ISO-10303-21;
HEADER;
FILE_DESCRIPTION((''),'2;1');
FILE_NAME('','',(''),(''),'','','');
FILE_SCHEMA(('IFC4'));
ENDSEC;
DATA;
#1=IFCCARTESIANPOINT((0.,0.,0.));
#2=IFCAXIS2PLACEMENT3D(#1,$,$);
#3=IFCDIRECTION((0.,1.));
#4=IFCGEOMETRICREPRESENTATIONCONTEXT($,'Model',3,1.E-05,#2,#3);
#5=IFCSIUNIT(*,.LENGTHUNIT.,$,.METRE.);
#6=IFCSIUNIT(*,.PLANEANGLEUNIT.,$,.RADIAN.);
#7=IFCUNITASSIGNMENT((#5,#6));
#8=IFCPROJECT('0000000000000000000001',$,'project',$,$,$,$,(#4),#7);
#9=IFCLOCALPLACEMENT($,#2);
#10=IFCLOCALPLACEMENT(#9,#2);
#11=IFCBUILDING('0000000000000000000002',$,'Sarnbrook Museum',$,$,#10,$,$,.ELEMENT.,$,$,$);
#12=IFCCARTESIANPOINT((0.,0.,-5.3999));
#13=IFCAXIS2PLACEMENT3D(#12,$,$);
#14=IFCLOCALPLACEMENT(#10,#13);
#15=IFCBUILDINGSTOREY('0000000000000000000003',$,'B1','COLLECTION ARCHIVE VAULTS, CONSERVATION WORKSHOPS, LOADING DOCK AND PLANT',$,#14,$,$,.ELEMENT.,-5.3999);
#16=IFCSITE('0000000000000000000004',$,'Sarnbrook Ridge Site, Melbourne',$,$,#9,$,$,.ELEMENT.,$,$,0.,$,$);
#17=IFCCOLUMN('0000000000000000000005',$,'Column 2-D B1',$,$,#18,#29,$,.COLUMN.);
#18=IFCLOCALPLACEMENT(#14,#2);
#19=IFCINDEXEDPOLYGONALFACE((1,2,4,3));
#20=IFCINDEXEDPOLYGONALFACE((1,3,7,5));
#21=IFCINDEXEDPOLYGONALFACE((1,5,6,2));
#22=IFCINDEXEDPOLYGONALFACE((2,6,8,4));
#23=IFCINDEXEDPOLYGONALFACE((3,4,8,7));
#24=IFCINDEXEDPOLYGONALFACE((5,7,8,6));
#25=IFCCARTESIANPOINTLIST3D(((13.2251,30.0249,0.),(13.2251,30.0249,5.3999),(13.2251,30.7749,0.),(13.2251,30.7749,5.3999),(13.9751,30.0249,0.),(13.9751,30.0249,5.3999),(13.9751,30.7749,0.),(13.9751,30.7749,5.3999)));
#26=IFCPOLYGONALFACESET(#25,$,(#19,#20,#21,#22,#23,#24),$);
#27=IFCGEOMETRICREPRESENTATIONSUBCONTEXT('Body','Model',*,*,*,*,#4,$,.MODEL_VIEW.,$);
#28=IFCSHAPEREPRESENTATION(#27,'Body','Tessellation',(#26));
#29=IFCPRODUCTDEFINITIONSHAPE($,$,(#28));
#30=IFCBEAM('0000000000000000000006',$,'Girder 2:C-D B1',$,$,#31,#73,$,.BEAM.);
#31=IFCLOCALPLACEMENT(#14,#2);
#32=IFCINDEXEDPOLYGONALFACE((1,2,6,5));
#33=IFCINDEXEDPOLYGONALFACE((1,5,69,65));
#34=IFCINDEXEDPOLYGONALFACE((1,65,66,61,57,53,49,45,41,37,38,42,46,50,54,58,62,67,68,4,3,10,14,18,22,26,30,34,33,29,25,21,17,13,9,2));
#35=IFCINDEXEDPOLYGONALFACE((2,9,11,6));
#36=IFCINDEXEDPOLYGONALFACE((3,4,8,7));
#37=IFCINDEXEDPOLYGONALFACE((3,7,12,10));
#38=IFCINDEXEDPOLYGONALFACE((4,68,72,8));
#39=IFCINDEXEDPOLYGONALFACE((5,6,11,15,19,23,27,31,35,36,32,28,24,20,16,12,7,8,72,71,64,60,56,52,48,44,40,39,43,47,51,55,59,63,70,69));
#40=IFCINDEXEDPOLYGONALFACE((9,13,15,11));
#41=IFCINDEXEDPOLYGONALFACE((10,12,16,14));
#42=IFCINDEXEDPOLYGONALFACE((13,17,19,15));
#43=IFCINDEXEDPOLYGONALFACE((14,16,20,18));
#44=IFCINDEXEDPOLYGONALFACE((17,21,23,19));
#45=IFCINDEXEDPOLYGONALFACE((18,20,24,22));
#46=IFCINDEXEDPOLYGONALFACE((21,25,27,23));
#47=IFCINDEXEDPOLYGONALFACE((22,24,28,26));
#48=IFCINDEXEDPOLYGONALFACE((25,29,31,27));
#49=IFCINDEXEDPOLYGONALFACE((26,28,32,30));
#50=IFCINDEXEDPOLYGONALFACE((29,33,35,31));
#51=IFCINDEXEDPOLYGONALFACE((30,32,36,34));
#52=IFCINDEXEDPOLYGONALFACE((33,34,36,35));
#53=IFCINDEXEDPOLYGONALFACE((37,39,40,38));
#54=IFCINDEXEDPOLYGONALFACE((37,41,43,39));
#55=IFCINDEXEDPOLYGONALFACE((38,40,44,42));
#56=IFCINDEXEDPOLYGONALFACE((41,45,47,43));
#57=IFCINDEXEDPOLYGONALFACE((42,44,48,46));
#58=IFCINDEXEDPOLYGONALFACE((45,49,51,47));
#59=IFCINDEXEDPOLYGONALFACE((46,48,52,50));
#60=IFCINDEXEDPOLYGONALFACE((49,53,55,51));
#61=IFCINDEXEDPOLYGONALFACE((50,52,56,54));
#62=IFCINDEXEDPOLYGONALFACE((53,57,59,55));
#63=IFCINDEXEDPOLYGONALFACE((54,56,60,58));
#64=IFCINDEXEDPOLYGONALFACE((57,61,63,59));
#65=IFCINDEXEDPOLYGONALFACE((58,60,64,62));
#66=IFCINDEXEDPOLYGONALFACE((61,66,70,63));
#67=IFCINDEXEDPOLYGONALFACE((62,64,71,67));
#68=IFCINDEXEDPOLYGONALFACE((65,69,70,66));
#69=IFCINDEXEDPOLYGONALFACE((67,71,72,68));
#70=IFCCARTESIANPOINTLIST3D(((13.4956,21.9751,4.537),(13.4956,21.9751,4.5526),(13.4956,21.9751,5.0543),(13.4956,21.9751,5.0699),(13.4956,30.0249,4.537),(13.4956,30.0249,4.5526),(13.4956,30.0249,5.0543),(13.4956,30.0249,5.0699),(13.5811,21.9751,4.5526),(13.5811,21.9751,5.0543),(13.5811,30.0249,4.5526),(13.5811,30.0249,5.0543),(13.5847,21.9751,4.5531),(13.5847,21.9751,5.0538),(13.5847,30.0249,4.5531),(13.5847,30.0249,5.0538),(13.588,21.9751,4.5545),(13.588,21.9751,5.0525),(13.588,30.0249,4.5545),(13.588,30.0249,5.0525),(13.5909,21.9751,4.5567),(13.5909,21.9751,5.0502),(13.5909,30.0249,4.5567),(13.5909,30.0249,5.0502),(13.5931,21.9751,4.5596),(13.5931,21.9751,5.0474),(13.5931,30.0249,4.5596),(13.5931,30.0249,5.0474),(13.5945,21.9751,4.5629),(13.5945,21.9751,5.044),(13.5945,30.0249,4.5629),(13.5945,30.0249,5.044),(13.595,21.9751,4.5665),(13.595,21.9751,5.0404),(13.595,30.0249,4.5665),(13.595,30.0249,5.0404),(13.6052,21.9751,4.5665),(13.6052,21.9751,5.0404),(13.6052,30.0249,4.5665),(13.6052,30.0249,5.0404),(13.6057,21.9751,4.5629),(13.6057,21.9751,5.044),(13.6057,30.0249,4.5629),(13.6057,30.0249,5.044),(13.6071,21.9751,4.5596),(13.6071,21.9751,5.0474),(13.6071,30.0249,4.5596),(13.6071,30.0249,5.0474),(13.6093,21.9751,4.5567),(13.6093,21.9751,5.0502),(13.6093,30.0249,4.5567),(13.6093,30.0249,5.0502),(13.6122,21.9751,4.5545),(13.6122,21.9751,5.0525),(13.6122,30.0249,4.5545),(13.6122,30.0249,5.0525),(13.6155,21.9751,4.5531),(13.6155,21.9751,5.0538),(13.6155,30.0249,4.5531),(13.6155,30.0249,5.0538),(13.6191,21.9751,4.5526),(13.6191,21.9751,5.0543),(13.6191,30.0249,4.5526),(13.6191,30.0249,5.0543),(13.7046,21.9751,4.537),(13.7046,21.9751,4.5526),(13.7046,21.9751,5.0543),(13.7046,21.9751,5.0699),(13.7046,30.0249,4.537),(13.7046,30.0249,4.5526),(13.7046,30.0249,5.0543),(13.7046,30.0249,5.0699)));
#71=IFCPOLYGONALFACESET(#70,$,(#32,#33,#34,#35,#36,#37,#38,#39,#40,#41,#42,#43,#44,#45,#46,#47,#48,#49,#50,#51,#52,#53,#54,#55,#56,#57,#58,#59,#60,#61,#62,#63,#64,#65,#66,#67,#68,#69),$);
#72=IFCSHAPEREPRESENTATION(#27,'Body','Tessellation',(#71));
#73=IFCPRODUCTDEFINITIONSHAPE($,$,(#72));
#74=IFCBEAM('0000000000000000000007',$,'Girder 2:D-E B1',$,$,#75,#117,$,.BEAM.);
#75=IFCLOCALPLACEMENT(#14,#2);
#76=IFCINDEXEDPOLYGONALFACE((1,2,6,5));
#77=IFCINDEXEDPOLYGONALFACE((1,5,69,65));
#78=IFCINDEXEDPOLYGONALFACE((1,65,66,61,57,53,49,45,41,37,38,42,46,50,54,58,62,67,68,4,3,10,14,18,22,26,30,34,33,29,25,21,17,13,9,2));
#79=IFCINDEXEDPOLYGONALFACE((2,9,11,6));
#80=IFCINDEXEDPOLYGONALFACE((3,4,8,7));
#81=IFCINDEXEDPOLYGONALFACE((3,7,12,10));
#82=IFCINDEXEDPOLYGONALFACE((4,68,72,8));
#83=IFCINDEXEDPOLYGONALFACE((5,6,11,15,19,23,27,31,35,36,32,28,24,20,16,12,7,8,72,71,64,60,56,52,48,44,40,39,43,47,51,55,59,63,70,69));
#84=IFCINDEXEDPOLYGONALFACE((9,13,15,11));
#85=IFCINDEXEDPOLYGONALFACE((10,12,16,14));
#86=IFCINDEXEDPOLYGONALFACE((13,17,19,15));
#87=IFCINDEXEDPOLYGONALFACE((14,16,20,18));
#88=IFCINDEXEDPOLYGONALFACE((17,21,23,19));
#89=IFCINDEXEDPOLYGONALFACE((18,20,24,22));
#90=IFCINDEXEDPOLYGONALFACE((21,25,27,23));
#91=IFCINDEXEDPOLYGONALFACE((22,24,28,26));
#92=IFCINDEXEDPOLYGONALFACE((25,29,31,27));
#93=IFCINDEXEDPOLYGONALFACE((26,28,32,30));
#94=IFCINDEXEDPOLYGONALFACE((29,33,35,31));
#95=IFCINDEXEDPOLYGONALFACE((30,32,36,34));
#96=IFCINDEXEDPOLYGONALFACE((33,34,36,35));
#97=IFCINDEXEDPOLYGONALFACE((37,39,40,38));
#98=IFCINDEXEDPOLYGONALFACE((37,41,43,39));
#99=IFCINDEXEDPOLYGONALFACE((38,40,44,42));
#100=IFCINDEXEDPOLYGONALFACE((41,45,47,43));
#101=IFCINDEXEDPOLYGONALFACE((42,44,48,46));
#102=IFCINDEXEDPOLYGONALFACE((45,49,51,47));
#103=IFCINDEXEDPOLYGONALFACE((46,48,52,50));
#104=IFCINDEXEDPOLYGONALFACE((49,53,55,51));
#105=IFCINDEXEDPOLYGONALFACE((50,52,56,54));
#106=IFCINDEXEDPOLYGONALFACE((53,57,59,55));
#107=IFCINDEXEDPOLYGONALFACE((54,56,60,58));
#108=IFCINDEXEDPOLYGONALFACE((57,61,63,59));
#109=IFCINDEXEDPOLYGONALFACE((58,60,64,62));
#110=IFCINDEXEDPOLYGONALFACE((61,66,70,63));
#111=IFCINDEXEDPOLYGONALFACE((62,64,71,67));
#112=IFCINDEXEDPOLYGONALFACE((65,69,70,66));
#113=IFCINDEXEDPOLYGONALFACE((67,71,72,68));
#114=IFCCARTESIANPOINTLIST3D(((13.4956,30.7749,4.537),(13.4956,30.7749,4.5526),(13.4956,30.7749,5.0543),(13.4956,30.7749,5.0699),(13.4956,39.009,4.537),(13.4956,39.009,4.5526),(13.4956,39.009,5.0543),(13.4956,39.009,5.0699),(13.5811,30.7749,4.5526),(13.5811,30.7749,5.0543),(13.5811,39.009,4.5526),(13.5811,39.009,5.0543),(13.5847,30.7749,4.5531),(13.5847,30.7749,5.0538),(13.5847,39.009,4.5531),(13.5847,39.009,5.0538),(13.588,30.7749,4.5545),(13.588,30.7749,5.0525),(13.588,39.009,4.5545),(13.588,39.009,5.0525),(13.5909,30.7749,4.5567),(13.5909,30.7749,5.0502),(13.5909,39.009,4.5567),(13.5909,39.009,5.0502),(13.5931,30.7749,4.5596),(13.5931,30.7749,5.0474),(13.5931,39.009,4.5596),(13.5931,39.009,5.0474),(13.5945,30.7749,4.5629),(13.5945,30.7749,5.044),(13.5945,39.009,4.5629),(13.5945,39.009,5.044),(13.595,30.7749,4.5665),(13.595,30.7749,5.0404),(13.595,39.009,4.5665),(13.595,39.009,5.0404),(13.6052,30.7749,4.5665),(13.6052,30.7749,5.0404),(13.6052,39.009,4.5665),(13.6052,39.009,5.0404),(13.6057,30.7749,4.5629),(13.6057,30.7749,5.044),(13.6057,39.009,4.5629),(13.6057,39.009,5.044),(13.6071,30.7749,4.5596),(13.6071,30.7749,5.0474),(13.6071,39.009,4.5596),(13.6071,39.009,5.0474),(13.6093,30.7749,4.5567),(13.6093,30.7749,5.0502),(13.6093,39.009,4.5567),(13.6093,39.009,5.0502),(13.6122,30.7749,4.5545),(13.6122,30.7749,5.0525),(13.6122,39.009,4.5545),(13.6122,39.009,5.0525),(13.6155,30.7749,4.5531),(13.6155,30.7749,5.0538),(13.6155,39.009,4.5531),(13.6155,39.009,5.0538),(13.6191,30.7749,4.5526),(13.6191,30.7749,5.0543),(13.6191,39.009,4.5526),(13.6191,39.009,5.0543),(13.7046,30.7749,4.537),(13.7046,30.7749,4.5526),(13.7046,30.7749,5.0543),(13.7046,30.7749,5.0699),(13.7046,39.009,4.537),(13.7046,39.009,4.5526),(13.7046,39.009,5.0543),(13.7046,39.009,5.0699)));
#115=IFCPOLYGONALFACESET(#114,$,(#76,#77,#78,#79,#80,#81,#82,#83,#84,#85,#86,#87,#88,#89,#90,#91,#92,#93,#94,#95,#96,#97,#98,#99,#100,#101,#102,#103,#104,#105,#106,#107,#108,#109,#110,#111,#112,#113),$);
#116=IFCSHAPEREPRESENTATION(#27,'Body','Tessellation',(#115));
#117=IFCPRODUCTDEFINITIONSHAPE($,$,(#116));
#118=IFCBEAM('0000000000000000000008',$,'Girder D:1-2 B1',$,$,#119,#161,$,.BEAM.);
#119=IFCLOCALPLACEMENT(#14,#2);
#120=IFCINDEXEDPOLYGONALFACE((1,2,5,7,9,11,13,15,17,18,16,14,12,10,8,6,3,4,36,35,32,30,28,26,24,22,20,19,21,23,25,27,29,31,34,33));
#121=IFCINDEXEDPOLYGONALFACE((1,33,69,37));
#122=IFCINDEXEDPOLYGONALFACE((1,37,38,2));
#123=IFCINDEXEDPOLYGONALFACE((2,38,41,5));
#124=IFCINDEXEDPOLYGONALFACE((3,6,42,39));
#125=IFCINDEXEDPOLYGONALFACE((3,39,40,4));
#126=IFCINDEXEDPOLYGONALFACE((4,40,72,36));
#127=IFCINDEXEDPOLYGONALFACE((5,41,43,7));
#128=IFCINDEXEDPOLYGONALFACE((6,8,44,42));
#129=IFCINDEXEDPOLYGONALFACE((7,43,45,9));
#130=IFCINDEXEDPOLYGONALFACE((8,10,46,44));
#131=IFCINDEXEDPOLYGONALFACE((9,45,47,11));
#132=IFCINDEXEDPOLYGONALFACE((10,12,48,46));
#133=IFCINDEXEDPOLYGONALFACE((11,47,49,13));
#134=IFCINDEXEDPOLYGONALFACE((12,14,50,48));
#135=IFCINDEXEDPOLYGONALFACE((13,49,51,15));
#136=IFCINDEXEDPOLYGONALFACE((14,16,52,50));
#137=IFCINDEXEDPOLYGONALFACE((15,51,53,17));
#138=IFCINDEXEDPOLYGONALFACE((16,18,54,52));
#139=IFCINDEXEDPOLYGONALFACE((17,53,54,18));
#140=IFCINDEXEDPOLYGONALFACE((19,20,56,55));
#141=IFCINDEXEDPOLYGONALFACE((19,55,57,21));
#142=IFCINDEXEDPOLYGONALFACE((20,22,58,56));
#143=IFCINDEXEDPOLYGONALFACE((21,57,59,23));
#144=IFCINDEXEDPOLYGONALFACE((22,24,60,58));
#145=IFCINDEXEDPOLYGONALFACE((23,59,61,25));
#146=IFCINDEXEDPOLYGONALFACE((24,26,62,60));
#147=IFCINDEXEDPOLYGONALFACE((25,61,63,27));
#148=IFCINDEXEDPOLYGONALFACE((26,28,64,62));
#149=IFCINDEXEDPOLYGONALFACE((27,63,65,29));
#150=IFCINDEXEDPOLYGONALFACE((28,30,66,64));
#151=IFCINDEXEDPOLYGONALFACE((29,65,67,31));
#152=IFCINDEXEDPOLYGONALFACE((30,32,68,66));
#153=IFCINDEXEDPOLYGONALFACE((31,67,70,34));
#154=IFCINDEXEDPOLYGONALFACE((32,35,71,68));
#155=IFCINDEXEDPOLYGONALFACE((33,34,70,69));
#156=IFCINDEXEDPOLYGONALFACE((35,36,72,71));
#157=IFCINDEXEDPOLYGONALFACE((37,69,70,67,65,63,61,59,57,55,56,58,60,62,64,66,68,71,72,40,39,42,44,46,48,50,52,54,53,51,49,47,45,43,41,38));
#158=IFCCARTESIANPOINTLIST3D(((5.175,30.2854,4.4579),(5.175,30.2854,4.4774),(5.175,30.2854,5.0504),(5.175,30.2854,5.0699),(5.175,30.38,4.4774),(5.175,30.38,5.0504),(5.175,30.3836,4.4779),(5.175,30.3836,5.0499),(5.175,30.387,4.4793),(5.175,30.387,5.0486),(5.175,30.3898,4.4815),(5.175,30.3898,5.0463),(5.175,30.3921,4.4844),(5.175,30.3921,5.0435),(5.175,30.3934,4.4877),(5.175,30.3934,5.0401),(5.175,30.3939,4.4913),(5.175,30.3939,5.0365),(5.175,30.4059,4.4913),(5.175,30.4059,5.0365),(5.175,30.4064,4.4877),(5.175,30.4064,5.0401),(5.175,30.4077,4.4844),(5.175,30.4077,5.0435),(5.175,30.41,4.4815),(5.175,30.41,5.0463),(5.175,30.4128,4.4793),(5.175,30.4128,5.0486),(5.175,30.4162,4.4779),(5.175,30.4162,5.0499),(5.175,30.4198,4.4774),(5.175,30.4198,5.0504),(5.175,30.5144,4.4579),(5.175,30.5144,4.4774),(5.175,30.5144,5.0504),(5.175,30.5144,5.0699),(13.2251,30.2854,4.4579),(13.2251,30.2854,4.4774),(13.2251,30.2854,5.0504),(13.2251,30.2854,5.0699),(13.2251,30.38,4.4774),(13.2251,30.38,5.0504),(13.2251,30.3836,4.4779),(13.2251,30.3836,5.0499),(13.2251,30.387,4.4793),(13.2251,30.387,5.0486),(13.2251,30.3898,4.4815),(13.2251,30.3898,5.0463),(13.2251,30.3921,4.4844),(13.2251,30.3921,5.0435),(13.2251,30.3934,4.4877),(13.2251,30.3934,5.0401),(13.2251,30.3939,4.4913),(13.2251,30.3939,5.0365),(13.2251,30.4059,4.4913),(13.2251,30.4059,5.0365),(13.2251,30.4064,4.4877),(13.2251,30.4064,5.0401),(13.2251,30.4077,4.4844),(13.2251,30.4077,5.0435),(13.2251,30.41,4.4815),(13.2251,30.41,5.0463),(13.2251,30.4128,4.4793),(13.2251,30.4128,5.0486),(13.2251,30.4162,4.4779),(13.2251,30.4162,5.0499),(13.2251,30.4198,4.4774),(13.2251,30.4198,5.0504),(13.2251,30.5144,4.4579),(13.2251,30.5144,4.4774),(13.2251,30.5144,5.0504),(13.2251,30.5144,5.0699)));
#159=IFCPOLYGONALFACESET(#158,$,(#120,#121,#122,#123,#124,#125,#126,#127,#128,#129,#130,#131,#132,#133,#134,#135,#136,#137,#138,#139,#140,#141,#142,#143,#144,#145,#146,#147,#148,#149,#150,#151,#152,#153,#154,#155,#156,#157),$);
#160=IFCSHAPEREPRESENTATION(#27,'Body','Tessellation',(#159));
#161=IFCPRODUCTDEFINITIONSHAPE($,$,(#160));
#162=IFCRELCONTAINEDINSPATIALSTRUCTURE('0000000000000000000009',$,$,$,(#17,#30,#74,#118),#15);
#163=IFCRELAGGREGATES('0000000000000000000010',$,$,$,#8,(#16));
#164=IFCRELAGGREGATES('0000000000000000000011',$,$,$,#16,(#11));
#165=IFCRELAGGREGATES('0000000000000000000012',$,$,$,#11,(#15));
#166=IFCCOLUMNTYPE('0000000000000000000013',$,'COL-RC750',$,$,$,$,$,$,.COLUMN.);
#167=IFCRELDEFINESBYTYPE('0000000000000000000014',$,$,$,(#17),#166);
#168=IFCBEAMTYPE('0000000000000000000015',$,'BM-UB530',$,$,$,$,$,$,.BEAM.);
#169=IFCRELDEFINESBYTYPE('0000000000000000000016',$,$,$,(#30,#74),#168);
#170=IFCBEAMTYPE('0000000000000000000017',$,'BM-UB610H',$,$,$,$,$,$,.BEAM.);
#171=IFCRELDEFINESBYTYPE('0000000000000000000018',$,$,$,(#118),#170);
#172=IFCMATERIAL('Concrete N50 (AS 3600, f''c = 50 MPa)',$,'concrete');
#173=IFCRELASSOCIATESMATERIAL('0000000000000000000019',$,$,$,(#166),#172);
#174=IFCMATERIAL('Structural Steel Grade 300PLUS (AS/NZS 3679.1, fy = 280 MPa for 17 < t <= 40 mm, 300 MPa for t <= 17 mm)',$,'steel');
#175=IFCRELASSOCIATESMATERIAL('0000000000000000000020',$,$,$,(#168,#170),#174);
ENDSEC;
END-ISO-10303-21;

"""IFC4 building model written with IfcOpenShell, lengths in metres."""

from ifc_helpers import new_model, si_unit, direction, frame, origin, origin_2d, place, context, subcontext, project, spatial, rectangle, i_section, extrude, material, material_profile, profile_set, type_object, element, save


model = new_model("IFC4")

# Units and contexts
model_context = context("Model", 3, precision=1e-05, world=origin(), true_north=direction((0.0, 1.0)))
body_context = subcontext(model_context, "Body", "Model", "MODEL_VIEW")
ifc_project = project(units=[si_unit("LENGTHUNIT", "METRE"), si_unit("PLANEANGLEUNIT", "RADIAN")], contexts=[model_context])

# Site, building, storey
site_placement = place(None, origin())
site = spatial("IfcSite", under=ifc_project, at=site_placement, Name="Sarnbrook Ridge Site, Melbourne", CompositionType="ELEMENT", RefElevation=0.0)
building_placement = place(site_placement, origin())
building = spatial("IfcBuilding", under=site, at=building_placement, Name="Sarnbrook Museum", CompositionType="ELEMENT")
storey_placement = place(building_placement, frame((0.0, 0.0, -5.3999)))
storey = spatial("IfcBuildingStorey", under=building, at=storey_placement, Name="B1", Description="COLLECTION ARCHIVE VAULTS, CONSERVATION WORKSHOPS, LOADING DOCK AND PLANT", CompositionType="ELEMENT", Elevation=-5.3999)

# Shared definitions
ifc_material_1 = material(Name="Concrete N50 (AS 3600, f'c = 50 MPa)", Category="concrete")

# Column
ifc_material_profile_1 = material_profile(ifc_material_1, rectangle(XDim=0.75, YDim=0.75, at=origin_2d()), Name="RC 750x750")
ifc_profile_set_1 = profile_set([ifc_material_profile_1], Name="Concrete N50 (AS 3600, f'c = 50 MPa)")
column_type = type_object("IfcColumnType", Name="COL-RC750", PredefinedType="COLUMN", material=ifc_profile_set_1)
for number, where, z_axis, x_axis, name in (
    (1, (13.6001, 30.3999, 0.0), (0.0, 0.0, 1.0), (1.0, 0.0, 0.0), "Column 2-D B1"),
):
    element("IfcColumn", number, at=place(storey_placement, frame(where, z_axis=z_axis, x_axis=x_axis)), inside=storey, type_object=column_type, Name=name, PredefinedType="COLUMN", context=body_context, shape_type="SweptSolid", body=[
        extrude(rectangle(XDim=0.75, YDim=0.75, at=origin_2d()), origin(), (0.0, 0.0, 1.0), 5.3999),
    ])

# Beams
ifc_material_2 = material(Name="Structural Steel Grade 300PLUS (AS/NZS 3679.1, fy = 280 MPa for 17 < t <= 40 mm, 300 MPa for t <= 17 mm)", Category="steel")
ifc_material_profile_2 = material_profile(ifc_material_2, i_section(OverallWidth=0.209, OverallDepth=0.533, WebThickness=0.0103, FlangeThickness=0.0156, FilletRadius=0.0139, at=origin_2d()), Name="530UB92.4")
ifc_profile_set_2 = profile_set([ifc_material_profile_2], Name="Structural Steel Grade 300PLUS (AS/NZS 3679.1, fy = 280 MPa for 17 < t <= 40 mm, 300 MPa for t <= 17 mm)")
beam_type_1 = type_object("IfcBeamType", Name="BM-UB530", PredefinedType="BEAM", material=ifc_profile_set_2)
beam_1_placement = place(storey_placement, frame((13.6001, 21.9751, 4.8035), z_axis=(0.0, 1.0, 0.0), x_axis=(-1.0, 0.0, 0.0)))
element("IfcBeam", 2, at=beam_1_placement, inside=storey, type_object=beam_type_1, Name="Girder 2:C-D B1", PredefinedType="BEAM", context=body_context, shape_type="SweptSolid", body=[
    extrude(i_section(OverallWidth=0.209, OverallDepth=0.533, WebThickness=0.0103, FlangeThickness=0.0156, FilletRadius=0.0139, at=origin_2d()), origin(), (0.0, 0.0, 1.0), 8.0498),
])
beam_2_placement = place(storey_placement, frame((13.6001, 30.7749, 4.8035), z_axis=(0.0, 1.0, 0.0), x_axis=(-1.0, 0.0, 0.0)))
element("IfcBeam", 3, at=beam_2_placement, inside=storey, type_object=beam_type_1, Name="Girder 2:D-E B1", PredefinedType="BEAM", context=body_context, shape_type="SweptSolid", body=[
    extrude(i_section(OverallWidth=0.209, OverallDepth=0.533, WebThickness=0.0103, FlangeThickness=0.0156, FilletRadius=0.0139, at=origin_2d()), origin(), (0.0, 0.0, 1.0), 8.2341),
])
ifc_material_profile_3 = material_profile(ifc_material_2, i_section(OverallWidth=0.229, OverallDepth=0.6121, WebThickness=0.012, FlangeThickness=0.0195, FilletRadius=0.0139, at=origin_2d()), Name="610UB125")
ifc_profile_set_3 = profile_set([ifc_material_profile_3], Name="Structural Steel Grade 300PLUS (AS/NZS 3679.1, fy = 280 MPa for 17 < t <= 40 mm, 300 MPa for t <= 17 mm)")
beam_type_2 = type_object("IfcBeamType", Name="BM-UB610H", PredefinedType="BEAM", material=ifc_profile_set_3)
beam_3_placement = place(storey_placement, frame((5.175, 30.3999, 4.7639), z_axis=(1.0, 0.0, 0.0), x_axis=(0.0, 1.0, 0.0)))
element("IfcBeam", 4, at=beam_3_placement, inside=storey, type_object=beam_type_2, Name="Girder D:1-2 B1", PredefinedType="BEAM", context=body_context, shape_type="SweptSolid", body=[
    extrude(i_section(OverallWidth=0.229, OverallDepth=0.6121, WebThickness=0.012, FlangeThickness=0.0195, FilletRadius=0.0139, at=origin_2d()), origin(), (0.0, 0.0, 1.0), 8.05),
])

save(model, "model.ifc")
